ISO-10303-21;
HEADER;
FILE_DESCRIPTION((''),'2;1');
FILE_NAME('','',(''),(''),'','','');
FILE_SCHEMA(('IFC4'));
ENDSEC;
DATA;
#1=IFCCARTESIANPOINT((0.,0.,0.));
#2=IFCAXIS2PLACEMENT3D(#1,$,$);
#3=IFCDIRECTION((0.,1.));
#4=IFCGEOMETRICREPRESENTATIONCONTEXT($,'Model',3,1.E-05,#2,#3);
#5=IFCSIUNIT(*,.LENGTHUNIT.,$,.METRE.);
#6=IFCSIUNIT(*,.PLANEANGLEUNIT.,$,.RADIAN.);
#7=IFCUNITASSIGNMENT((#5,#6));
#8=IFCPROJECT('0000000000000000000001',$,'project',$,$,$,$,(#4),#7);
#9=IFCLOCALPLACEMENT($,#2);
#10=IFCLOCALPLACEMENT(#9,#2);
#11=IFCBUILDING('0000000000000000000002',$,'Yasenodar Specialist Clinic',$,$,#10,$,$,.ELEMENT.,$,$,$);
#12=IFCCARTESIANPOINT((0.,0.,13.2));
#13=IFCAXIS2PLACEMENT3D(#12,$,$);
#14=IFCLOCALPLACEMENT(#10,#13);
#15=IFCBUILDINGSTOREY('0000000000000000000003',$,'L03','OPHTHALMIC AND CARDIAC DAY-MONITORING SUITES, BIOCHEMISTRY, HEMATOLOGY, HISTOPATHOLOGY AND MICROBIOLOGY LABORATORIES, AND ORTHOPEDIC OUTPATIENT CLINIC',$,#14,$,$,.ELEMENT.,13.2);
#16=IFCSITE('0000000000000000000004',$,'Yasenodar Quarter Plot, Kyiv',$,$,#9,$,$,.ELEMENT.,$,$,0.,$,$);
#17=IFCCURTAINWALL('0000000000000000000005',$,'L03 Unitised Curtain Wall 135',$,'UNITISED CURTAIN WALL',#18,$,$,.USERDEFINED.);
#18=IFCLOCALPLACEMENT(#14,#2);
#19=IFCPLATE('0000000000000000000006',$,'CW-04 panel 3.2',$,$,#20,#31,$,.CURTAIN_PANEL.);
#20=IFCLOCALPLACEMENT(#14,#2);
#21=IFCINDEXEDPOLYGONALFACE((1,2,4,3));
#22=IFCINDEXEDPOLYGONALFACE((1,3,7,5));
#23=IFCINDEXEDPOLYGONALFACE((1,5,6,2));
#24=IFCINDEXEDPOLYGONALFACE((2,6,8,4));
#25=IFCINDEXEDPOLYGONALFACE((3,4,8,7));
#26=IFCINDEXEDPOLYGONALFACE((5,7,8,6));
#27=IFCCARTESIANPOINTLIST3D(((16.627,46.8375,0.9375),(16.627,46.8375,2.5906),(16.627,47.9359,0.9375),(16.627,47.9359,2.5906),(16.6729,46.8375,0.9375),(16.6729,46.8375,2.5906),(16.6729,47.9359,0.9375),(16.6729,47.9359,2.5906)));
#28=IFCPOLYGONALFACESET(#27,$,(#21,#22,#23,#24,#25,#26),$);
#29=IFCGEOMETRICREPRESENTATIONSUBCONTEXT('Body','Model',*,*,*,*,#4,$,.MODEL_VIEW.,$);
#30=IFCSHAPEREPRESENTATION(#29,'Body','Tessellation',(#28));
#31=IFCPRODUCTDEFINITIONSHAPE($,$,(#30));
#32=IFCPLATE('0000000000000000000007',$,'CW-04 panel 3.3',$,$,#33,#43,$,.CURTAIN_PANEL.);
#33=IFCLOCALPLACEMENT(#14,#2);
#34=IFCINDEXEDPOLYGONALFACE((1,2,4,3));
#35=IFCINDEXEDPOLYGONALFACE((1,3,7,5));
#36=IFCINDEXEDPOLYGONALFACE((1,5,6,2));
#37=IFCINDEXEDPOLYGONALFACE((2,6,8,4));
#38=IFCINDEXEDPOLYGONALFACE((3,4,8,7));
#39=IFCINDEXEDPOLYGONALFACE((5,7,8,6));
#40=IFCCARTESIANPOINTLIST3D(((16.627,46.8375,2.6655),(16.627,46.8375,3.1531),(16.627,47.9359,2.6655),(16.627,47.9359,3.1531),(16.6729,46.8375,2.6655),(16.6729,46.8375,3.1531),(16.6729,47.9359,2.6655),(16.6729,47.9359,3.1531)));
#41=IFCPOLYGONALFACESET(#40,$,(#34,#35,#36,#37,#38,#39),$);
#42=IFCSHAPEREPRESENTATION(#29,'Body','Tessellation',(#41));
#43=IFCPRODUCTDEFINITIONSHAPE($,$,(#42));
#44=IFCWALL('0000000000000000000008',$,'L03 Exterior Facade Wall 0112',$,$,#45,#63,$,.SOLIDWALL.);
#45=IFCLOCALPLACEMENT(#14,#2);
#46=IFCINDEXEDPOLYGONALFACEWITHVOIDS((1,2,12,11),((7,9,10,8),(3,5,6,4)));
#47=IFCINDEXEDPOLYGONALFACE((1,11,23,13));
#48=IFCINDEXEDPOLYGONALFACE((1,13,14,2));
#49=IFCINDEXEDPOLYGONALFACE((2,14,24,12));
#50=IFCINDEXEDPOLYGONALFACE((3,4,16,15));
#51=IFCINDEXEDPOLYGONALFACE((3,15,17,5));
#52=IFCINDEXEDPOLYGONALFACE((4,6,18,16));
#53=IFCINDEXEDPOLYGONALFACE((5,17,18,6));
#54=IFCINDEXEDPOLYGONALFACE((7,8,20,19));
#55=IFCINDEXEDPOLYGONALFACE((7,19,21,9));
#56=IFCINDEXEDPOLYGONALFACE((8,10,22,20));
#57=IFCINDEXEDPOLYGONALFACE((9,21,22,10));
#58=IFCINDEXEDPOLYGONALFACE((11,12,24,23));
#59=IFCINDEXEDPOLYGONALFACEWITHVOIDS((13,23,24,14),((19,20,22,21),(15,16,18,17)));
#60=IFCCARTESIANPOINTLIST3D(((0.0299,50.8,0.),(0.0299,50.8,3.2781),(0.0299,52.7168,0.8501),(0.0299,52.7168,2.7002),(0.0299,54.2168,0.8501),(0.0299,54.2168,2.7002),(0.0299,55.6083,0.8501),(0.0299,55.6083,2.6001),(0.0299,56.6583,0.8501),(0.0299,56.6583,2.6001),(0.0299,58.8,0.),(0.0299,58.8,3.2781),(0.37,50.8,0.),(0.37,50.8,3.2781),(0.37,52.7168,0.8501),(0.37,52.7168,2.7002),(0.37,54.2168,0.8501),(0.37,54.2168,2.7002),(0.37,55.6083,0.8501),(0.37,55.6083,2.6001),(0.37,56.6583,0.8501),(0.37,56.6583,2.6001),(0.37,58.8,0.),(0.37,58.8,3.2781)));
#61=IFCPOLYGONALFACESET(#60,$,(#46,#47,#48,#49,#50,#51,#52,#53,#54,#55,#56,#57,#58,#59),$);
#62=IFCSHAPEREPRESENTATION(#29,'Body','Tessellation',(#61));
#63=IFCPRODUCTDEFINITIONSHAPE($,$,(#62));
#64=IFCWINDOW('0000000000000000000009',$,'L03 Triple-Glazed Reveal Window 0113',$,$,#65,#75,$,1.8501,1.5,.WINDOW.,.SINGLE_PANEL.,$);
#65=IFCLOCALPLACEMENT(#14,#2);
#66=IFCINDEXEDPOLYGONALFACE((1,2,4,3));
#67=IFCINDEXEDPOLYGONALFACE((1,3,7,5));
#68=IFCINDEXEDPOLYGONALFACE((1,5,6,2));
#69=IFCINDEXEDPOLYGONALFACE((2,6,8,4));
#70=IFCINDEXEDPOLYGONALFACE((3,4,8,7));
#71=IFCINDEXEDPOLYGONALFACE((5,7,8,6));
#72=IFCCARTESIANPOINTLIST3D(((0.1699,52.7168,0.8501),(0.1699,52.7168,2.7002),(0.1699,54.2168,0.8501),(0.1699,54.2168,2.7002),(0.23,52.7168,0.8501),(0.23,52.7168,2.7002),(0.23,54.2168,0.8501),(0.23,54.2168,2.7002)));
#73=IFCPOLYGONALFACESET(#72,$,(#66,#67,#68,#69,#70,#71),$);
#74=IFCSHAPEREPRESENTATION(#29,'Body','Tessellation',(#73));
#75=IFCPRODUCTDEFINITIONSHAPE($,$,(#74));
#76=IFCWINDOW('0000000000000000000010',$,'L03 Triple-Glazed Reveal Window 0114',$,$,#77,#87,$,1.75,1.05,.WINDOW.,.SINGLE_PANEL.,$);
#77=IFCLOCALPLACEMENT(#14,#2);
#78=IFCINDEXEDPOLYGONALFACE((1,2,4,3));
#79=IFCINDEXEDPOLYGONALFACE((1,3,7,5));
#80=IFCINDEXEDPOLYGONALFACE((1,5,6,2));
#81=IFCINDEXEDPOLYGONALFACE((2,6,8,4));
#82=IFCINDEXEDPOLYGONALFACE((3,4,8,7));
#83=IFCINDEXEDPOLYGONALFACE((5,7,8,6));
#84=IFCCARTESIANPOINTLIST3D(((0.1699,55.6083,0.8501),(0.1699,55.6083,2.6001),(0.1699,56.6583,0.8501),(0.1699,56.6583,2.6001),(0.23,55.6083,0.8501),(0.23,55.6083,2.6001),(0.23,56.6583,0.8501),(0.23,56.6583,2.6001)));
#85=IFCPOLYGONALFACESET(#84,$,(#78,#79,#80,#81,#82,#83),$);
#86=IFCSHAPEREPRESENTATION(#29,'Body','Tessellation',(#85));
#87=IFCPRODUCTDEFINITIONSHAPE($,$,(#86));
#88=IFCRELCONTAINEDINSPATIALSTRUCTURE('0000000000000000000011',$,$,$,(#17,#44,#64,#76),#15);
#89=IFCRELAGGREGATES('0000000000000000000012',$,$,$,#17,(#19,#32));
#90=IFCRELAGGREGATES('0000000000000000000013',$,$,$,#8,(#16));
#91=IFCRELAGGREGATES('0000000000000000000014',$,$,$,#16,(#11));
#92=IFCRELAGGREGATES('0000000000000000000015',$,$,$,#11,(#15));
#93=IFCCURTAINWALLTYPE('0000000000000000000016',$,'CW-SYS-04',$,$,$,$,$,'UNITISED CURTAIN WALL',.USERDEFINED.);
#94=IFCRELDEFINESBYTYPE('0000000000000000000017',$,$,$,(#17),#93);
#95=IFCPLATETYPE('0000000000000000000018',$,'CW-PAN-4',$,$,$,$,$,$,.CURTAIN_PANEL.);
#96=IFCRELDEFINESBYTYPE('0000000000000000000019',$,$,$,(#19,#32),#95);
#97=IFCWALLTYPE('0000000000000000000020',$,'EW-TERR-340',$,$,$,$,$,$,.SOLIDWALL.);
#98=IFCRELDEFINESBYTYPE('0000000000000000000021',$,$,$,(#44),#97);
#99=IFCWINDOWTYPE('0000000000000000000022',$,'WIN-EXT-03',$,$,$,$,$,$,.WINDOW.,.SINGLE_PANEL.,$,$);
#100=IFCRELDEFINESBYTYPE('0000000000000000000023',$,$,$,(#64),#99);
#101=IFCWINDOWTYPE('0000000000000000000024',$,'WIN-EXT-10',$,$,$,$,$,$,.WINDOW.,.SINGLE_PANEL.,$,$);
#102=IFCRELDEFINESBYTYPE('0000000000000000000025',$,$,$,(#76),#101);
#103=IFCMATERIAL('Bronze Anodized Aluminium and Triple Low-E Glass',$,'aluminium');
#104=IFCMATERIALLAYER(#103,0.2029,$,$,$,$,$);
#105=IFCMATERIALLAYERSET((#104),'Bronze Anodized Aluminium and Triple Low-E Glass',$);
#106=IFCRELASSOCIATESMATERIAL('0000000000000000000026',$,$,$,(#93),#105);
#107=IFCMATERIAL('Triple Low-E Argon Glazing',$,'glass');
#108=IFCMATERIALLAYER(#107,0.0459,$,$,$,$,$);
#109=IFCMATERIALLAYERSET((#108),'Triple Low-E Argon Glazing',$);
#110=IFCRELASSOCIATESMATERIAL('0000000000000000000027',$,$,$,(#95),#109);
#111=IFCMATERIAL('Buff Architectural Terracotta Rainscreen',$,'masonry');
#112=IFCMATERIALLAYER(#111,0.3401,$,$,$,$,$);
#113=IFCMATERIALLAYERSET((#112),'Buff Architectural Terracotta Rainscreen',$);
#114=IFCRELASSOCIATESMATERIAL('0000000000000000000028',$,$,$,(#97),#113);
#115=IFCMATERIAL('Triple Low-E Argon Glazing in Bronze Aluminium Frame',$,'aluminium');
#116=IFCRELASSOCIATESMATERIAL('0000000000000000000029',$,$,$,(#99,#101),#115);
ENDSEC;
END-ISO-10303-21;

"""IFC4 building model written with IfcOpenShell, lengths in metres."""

from ifc_helpers import new_model, si_unit, direction, frame, frame_2d, origin, origin_2d, place, context, subcontext, project, spatial, rectangle, extrude, material, layer, layer_set, type_object, element, fill, aggregate, save


model = new_model("IFC4")

# Units and contexts
model_context = context("Model", 3, precision=1e-05, world=origin(), true_north=direction((0.0, 1.0)))
body_context = subcontext(model_context, "Body", "Model", "MODEL_VIEW")
ifc_project = project(units=[si_unit("LENGTHUNIT", "METRE"), si_unit("PLANEANGLEUNIT", "RADIAN")], contexts=[model_context])

# Site, building, storey
site_placement = place(None, origin())
site = spatial("IfcSite", under=ifc_project, at=site_placement, Name="Yasenodar Quarter Plot, Kyiv", CompositionType="ELEMENT", RefElevation=0.0)
building_placement = place(site_placement, origin())
building = spatial("IfcBuilding", under=site, at=building_placement, Name="Yasenodar Specialist Clinic", CompositionType="ELEMENT")
storey_placement = place(building_placement, frame((0.0, 0.0, 13.2)))
storey = spatial("IfcBuildingStorey", under=building, at=storey_placement, Name="L03", Description="OPHTHALMIC AND CARDIAC DAY-MONITORING SUITES, BIOCHEMISTRY, HEMATOLOGY, HISTOPATHOLOGY AND MICROBIOLOGY LABORATORIES, AND ORTHOPEDIC OUTPATIENT CLINIC", CompositionType="ELEMENT", Elevation=13.2)

# Curtain wall
ifc_material_1 = material(Name="Bronze Anodized Aluminium and Triple Low-E Glass", Category="aluminium")
ifc_layer_1 = layer(ifc_material_1, 0.2029)
ifc_layer_set_1 = layer_set([ifc_layer_1], Name="Bronze Anodized Aluminium and Triple Low-E Glass")
curtain_wall_type = type_object("IfcCurtainWallType", Name="CW-SYS-04", ElementType="UNITISED CURTAIN WALL", PredefinedType="USERDEFINED", material=ifc_layer_set_1)
curtain_wall_placement = place(storey_placement, origin())
curtain_wall = element("IfcCurtainWall", 1, at=curtain_wall_placement, inside=storey, type_object=curtain_wall_type, Name="L03 Unitised Curtain Wall 135", ObjectType="UNITISED CURTAIN WALL", PredefinedType="USERDEFINED")

# Plates
ifc_material_2 = material(Name="Triple Low-E Argon Glazing", Category="glass")
ifc_layer_2 = layer(ifc_material_2, 0.0459)
ifc_layer_set_2 = layer_set([ifc_layer_2], Name="Triple Low-E Argon Glazing")
plate_type = type_object("IfcPlateType", Name="CW-PAN-4", PredefinedType="CURTAIN_PANEL", material=ifc_layer_set_2)
plate_1_placement = place(storey_placement, frame((16.6499, 47.3867, 0.9375), z_axis=(0.0, 0.0, 1.0), x_axis=(0.0, -1.0, 0.0)))
plate_1 = element("IfcPlate", 2, at=plate_1_placement, type_object=plate_type, Name="CW-04 panel 3.2", PredefinedType="CURTAIN_PANEL", context=body_context, shape_type="SweptSolid", body=[
    extrude(rectangle(XDim=1.0984, YDim=0.0459, at=origin_2d()), origin(), (0.0, 0.0, 1.0), 1.6531),
])
plate_2_placement = place(storey_placement, frame((16.6499, 47.3867, 2.6655), z_axis=(0.0, 0.0, 1.0), x_axis=(0.0, -1.0, 0.0)))
plate_2 = element("IfcPlate", 3, at=plate_2_placement, type_object=plate_type, Name="CW-04 panel 3.3", PredefinedType="CURTAIN_PANEL", context=body_context, shape_type="SweptSolid", body=[
    extrude(rectangle(XDim=1.0984, YDim=0.0459, at=origin_2d()), origin(), (0.0, 0.0, 1.0), 0.4875),
])
aggregate(curtain_wall, [plate_1, plate_2])

# Wall, openings, windows
ifc_material_3 = material(Name="Buff Architectural Terracotta Rainscreen", Category="masonry")
ifc_layer_3 = layer(ifc_material_3, 0.3401)
ifc_layer_set_3 = layer_set([ifc_layer_3], Name="Buff Architectural Terracotta Rainscreen")
wall_type = type_object("IfcWallType", Name="EW-TERR-340", PredefinedType="SOLIDWALL", material=ifc_layer_set_3)
wall_placement = place(storey_placement, frame((0.2, 50.8, 0.0), z_axis=(0.0, 0.0, 1.0), x_axis=(0.0, 1.0, 0.0)))
wall = element("IfcWall", 4, at=wall_placement, inside=storey, type_object=wall_type, Name="L03 Exterior Facade Wall 0112", PredefinedType="SOLIDWALL", context=body_context, shape_type="SweptSolid", body=[
    extrude(rectangle(XDim=8.0, YDim=0.3401, at=frame_2d((4.0, 0.0))), origin(), (0.0, 0.0, 1.0), 3.2781),
])
opening_1_placement = place(wall_placement, frame((1.9167, 0.0, 0.8501)))
opening_1 = element("IfcOpeningElement", 5, at=opening_1_placement, cuts=wall, PredefinedType="OPENING", context=body_context, shape_type="SweptSolid", body=[
    extrude(rectangle(XDim=1.5, YDim=1.8501, at=frame_2d((0.75, 0.925))), frame((0.0, 0.1802, 0.0), z_axis=(0.0, -1.0, 0.0), x_axis=(1.0, 0.0, 0.0)), (0.0, 0.0, 1.0), 0.3601),
])
opening_2_placement = place(wall_placement, frame((4.8083, 0.0, 0.8501)))
opening_2 = element("IfcOpeningElement", 6, at=opening_2_placement, cuts=wall, PredefinedType="OPENING", context=body_context, shape_type="SweptSolid", body=[
    extrude(rectangle(XDim=1.05, YDim=1.75, at=frame_2d((0.5249, 0.875))), frame((0.0, 0.1802, 0.0), z_axis=(0.0, -1.0, 0.0), x_axis=(1.0, 0.0, 0.0)), (0.0, 0.0, 1.0), 0.3601),
])
ifc_material_4 = material(Name="Triple Low-E Argon Glazing in Bronze Aluminium Frame", Category="aluminium")
window_type_1 = type_object("IfcWindowType", Name="WIN-EXT-03", PartitioningType="SINGLE_PANEL", PredefinedType="WINDOW", material=ifc_material_4)
window_1_placement = place(opening_1_placement, origin())
window_1 = element("IfcWindow", 7, at=window_1_placement, inside=storey, type_object=window_type_1, Name="L03 Triple-Glazed Reveal Window 0113", OverallHeight=1.8501, OverallWidth=1.5, PartitioningType="SINGLE_PANEL", PredefinedType="WINDOW", context=body_context, shape_type="SweptSolid", body=[
    extrude(rectangle(XDim=1.5, YDim=1.8501, at=frame_2d((0.75, 0.925))), frame((0.0, 0.03, 0.0), z_axis=(0.0, -1.0, 0.0), x_axis=(1.0, 0.0, 0.0)), (0.0, 0.0, 1.0), 0.0601),
])
fill(opening_1, window_1)
window_type_2 = type_object("IfcWindowType", Name="WIN-EXT-10", PartitioningType="SINGLE_PANEL", PredefinedType="WINDOW", material=ifc_material_4)
window_2_placement = place(opening_2_placement, origin())
window_2 = element("IfcWindow", 8, at=window_2_placement, inside=storey, type_object=window_type_2, Name="L03 Triple-Glazed Reveal Window 0114", OverallHeight=1.75, OverallWidth=1.05, PartitioningType="SINGLE_PANEL", PredefinedType="WINDOW", context=body_context, shape_type="SweptSolid", body=[
    extrude(rectangle(XDim=1.05, YDim=1.75, at=frame_2d((0.5249, 0.875))), frame((0.0, 0.03, 0.0), z_axis=(0.0, -1.0, 0.0), x_axis=(1.0, 0.0, 0.0)), (0.0, 0.0, 1.0), 0.0601),
])
fill(opening_2, window_2)

save(model, "model.ifc")
